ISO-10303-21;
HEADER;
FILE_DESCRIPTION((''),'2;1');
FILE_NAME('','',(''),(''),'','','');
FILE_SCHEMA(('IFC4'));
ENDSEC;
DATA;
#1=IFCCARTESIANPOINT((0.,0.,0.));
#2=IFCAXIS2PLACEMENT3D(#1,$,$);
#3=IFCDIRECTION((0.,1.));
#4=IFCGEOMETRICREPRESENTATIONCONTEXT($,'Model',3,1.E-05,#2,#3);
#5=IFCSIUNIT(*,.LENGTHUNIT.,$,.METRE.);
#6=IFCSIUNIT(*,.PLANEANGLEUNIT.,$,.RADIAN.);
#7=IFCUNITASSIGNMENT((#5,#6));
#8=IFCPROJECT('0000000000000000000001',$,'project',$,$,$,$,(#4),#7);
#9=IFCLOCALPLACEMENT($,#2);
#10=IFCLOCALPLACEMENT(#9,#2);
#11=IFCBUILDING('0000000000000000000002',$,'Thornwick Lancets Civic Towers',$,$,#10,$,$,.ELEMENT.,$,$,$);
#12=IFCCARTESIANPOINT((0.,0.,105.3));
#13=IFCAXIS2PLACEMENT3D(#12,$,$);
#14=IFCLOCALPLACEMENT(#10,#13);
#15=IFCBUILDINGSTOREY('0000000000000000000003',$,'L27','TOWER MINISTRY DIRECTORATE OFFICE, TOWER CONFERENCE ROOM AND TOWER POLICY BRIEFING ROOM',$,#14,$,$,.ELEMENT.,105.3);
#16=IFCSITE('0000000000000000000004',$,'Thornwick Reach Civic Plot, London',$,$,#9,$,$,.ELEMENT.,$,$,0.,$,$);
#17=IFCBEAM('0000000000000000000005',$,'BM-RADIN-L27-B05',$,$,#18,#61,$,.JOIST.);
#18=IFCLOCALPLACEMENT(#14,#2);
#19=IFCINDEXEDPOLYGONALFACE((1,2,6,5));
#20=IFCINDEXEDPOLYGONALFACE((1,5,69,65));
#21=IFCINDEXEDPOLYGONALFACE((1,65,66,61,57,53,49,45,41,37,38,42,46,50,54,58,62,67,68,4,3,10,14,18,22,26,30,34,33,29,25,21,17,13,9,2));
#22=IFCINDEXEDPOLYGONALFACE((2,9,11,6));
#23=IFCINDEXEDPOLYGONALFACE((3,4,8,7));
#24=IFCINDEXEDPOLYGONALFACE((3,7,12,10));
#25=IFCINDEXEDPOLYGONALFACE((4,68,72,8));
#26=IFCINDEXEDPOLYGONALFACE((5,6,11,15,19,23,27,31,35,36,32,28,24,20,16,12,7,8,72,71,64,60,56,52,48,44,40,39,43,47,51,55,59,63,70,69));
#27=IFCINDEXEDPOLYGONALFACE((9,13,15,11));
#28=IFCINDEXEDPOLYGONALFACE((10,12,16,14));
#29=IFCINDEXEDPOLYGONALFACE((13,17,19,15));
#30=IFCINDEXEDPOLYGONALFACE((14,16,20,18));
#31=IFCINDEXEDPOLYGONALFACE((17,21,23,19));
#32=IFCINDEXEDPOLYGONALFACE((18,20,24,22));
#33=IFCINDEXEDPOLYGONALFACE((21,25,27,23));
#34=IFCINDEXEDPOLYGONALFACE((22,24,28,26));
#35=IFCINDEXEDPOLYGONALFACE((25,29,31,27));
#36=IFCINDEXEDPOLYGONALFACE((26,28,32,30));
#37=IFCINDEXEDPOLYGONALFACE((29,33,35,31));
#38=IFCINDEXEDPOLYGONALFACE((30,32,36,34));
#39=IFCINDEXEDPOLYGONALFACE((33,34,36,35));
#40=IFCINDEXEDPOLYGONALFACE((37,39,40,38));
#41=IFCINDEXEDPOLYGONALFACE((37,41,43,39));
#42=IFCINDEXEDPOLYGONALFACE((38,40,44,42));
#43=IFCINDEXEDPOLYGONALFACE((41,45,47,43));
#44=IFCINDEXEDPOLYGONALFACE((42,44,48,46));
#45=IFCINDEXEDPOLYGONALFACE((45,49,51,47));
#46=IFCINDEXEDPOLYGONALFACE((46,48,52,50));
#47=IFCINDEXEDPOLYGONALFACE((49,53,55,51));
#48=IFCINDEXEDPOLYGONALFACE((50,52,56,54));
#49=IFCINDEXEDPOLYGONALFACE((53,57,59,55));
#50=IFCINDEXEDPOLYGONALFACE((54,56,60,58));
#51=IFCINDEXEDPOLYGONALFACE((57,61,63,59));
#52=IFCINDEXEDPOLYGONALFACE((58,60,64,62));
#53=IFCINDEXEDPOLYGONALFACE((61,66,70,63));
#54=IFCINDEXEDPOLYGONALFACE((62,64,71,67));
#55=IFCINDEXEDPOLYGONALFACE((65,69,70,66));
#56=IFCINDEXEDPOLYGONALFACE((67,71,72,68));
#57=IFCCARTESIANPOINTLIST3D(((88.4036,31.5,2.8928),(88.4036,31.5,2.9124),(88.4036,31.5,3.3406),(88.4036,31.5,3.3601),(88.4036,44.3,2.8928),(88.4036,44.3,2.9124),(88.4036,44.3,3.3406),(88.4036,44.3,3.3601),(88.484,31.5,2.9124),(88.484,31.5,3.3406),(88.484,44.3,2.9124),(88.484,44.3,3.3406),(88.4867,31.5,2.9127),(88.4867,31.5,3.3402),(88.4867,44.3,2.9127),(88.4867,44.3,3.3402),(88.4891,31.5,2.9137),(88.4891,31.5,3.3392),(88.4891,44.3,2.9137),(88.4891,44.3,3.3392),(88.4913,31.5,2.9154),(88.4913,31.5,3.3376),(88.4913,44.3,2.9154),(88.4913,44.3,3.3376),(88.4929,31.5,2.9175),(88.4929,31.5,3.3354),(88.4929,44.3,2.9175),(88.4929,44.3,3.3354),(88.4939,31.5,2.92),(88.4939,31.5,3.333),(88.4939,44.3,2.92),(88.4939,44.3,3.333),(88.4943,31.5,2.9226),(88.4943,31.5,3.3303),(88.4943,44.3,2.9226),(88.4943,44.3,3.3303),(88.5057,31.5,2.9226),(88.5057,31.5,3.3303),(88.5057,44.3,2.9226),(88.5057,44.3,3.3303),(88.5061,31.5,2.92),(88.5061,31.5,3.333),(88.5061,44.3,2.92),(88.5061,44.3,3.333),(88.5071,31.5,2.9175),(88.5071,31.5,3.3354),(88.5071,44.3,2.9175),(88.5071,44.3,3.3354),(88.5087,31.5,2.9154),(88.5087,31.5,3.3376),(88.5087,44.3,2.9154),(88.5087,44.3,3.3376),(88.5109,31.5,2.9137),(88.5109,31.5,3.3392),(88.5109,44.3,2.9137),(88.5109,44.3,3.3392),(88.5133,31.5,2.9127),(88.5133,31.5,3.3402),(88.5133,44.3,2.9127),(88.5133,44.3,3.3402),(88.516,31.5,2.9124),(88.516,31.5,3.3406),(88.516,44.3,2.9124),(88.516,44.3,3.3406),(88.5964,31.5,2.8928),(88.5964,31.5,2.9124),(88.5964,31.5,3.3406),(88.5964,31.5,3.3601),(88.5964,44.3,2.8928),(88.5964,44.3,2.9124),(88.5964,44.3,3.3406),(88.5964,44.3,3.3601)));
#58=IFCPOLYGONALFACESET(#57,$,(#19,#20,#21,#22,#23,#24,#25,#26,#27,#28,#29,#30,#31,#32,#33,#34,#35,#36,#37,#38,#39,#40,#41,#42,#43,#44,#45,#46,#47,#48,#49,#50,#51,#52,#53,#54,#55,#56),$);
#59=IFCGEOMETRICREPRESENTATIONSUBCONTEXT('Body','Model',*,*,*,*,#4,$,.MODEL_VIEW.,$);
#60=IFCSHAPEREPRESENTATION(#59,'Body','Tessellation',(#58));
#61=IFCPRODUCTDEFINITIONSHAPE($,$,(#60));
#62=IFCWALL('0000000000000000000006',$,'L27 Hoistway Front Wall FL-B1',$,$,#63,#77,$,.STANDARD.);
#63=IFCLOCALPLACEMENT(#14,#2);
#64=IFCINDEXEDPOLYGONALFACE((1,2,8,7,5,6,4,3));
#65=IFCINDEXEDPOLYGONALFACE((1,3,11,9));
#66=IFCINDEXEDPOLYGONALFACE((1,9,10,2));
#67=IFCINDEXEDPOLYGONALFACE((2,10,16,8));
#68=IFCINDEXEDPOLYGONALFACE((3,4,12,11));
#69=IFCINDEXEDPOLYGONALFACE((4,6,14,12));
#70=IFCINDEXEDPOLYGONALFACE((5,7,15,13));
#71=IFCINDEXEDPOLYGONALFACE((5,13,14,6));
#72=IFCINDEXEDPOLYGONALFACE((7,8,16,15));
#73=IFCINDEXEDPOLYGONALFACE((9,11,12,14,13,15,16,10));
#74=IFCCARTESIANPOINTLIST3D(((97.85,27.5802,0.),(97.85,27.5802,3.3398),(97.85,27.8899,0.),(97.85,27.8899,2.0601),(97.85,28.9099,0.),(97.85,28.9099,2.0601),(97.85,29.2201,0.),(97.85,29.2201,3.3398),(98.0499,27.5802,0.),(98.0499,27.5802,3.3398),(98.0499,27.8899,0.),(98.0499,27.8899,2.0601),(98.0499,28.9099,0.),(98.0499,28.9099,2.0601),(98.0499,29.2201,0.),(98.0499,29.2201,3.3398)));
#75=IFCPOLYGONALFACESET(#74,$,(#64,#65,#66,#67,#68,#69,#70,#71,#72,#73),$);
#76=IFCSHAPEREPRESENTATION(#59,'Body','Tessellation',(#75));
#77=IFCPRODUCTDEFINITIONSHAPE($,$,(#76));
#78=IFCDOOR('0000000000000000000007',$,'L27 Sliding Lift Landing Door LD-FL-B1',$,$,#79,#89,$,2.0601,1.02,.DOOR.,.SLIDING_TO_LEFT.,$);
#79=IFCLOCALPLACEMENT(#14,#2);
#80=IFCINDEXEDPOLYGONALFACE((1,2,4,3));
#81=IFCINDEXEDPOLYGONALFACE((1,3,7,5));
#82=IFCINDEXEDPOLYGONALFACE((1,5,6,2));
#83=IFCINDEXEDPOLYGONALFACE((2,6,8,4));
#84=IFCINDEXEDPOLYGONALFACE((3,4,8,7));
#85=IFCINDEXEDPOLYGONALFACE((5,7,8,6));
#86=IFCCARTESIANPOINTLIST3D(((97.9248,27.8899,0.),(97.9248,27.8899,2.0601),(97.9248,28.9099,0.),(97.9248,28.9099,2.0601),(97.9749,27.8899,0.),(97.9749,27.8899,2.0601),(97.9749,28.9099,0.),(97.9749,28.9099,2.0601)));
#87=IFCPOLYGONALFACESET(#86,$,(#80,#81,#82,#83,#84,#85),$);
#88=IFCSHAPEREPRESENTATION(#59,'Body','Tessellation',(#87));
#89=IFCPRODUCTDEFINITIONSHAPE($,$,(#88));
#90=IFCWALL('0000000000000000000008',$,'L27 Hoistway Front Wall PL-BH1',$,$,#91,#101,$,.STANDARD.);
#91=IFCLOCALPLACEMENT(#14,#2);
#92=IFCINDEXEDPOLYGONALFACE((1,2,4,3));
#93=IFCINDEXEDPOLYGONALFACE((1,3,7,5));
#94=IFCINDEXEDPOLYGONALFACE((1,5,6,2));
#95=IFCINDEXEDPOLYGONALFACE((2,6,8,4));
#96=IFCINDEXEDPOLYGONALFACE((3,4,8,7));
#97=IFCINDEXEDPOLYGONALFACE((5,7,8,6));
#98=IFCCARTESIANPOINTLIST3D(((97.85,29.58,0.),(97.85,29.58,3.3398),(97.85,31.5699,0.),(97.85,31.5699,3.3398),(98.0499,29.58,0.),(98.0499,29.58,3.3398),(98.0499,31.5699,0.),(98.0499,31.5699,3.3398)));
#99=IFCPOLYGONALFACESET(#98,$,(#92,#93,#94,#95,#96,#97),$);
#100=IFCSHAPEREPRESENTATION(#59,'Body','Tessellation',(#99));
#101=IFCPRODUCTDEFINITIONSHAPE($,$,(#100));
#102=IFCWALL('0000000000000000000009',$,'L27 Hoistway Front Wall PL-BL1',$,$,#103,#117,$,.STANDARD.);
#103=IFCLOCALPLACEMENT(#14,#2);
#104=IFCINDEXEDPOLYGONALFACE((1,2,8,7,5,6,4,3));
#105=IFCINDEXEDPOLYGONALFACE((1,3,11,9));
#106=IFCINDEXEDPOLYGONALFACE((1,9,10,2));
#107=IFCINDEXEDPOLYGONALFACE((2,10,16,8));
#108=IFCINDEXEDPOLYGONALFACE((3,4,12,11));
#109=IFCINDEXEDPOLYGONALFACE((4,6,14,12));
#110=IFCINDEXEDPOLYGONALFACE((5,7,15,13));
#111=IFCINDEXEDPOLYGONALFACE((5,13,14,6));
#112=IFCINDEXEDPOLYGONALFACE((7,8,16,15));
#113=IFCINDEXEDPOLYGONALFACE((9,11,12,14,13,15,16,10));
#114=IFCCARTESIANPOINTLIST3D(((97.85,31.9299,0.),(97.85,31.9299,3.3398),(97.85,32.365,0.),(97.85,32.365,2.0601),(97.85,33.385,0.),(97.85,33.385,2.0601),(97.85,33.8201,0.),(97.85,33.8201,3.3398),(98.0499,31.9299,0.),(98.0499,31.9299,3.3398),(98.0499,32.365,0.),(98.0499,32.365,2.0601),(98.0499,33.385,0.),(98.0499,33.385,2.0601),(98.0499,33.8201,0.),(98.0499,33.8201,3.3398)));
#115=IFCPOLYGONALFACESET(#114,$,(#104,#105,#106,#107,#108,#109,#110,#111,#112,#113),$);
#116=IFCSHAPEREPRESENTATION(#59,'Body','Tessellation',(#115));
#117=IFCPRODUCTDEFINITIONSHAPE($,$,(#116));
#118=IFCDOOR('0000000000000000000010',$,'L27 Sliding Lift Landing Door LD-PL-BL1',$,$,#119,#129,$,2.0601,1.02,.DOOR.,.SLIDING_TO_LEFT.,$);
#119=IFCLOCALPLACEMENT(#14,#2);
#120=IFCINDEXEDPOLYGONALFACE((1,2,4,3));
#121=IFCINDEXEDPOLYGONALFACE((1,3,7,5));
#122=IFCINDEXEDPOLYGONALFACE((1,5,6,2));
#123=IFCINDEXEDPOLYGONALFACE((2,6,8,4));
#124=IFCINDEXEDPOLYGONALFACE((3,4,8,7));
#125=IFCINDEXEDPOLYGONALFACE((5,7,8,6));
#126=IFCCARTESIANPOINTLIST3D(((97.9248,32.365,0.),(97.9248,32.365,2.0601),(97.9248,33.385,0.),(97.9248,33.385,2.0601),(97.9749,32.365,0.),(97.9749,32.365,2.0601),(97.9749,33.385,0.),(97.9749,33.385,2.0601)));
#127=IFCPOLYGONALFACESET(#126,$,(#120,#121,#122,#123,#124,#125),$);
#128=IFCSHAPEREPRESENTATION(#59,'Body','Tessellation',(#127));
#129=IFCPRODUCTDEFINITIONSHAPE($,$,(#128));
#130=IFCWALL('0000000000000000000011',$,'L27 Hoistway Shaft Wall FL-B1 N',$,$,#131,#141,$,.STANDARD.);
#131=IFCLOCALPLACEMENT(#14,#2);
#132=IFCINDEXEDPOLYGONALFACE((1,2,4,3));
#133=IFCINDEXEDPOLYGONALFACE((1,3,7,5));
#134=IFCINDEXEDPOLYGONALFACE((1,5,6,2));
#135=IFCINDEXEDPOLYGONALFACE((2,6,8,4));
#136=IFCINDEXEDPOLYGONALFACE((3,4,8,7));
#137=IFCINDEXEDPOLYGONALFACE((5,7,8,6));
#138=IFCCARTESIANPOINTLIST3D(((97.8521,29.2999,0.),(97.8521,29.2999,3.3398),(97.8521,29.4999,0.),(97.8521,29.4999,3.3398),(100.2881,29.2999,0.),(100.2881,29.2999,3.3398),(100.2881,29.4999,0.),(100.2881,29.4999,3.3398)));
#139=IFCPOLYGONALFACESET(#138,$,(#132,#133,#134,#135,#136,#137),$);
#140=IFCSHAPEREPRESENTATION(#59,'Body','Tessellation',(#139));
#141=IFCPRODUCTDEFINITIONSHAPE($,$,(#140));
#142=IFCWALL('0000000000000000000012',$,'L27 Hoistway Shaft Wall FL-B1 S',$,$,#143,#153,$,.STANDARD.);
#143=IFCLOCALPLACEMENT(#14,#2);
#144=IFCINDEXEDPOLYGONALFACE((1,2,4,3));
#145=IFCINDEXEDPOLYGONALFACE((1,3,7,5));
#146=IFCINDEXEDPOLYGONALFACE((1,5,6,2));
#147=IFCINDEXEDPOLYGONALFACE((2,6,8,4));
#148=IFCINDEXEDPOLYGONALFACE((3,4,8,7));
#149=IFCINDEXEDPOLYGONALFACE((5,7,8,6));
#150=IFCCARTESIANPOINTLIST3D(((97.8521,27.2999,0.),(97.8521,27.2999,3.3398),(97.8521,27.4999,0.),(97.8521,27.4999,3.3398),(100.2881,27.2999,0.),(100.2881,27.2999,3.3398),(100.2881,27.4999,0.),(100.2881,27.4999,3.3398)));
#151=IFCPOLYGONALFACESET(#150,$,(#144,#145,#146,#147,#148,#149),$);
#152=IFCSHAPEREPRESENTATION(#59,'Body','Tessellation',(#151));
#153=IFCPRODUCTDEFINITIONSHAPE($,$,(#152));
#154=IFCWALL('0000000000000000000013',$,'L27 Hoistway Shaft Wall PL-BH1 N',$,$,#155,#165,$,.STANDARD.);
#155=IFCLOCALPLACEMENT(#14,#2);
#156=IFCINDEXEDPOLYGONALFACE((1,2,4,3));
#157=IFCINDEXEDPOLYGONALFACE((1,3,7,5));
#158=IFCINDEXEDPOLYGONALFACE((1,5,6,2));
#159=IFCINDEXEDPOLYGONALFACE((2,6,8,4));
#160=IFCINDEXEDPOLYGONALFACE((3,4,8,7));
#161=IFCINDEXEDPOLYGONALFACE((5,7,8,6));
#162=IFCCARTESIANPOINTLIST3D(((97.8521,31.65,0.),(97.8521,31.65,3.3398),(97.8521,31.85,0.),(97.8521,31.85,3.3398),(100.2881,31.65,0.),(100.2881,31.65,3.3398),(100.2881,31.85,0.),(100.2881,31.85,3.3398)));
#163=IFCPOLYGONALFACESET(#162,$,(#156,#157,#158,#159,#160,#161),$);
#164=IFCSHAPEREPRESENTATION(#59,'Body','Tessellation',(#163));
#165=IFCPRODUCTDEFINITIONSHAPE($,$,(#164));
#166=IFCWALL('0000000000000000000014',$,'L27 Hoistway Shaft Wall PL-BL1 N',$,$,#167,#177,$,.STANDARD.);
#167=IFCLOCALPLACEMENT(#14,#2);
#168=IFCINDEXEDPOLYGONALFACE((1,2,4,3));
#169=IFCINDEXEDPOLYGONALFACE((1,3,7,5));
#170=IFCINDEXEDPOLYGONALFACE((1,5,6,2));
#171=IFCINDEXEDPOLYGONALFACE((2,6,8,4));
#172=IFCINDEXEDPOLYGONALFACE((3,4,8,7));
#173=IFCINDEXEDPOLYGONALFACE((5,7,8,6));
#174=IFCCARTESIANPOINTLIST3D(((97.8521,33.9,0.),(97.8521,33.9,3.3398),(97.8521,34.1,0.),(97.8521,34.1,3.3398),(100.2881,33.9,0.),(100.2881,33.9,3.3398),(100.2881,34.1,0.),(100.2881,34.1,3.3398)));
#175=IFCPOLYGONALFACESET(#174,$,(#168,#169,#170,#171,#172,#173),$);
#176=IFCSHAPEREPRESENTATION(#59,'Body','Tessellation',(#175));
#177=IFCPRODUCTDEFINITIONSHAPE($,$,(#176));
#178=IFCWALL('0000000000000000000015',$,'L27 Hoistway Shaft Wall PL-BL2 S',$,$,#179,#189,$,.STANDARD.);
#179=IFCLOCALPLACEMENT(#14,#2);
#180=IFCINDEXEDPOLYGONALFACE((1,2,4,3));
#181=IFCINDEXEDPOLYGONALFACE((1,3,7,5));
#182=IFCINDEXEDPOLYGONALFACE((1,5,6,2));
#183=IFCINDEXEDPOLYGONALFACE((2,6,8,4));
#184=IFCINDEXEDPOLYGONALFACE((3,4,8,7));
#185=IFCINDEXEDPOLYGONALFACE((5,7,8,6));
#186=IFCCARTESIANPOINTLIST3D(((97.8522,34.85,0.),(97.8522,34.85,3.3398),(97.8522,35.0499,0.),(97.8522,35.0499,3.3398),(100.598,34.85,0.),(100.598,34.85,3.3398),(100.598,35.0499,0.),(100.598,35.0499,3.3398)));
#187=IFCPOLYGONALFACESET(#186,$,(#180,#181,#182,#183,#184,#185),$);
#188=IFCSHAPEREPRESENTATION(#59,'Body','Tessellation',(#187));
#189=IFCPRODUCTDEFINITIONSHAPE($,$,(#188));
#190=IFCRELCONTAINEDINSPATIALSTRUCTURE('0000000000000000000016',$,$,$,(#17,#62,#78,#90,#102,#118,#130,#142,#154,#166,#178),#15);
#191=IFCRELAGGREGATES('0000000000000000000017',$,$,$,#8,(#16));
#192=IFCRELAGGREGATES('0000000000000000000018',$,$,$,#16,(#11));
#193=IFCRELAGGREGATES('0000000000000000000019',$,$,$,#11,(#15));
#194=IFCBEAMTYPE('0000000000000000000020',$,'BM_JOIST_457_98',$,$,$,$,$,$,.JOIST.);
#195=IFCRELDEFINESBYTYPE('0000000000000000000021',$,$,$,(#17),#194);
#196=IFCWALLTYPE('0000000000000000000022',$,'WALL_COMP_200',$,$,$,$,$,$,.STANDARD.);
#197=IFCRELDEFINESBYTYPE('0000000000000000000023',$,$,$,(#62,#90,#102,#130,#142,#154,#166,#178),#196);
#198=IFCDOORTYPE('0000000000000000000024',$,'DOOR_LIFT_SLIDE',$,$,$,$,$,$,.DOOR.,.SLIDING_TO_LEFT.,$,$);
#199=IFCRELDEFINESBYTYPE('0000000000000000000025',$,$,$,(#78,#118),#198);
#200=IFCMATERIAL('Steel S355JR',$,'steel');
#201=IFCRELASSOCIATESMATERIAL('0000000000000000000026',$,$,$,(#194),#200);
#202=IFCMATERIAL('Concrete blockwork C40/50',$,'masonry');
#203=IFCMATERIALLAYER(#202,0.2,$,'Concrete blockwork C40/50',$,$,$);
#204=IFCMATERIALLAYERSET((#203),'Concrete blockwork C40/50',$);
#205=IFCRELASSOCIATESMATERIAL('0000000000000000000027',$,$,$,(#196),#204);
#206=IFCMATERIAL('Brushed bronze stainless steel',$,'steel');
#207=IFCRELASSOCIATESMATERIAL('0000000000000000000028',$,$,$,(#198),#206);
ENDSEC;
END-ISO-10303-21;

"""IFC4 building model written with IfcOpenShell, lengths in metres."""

from ifc_helpers import new_model, si_unit, direction, frame, frame_2d, origin, origin_2d, place, context, subcontext, project, spatial, rectangle, i_section, extrude, material, layer, layer_set, material_profile, profile_set, type_object, element, fill, save


model = new_model("IFC4")

# Units and contexts
model_context = context("Model", 3, precision=1e-05, world=origin(), true_north=direction((0.0, 1.0)))
body_context = subcontext(model_context, "Body", "Model", "MODEL_VIEW")
ifc_project = project(units=[si_unit("LENGTHUNIT", "METRE"), si_unit("PLANEANGLEUNIT", "RADIAN")], contexts=[model_context])

# Site, building, storey
site_placement = place(None, origin())
site = spatial("IfcSite", under=ifc_project, at=site_placement, Name="Thornwick Reach Civic Plot, London", CompositionType="ELEMENT", RefElevation=0.0)
building_placement = place(site_placement, origin())
building = spatial("IfcBuilding", under=site, at=building_placement, Name="Thornwick Lancets Civic Towers", CompositionType="ELEMENT")
storey_placement = place(building_placement, frame((0.0, 0.0, 105.3)))
storey = spatial("IfcBuildingStorey", under=building, at=storey_placement, Name="L27", Description="TOWER MINISTRY DIRECTORATE OFFICE, TOWER CONFERENCE ROOM AND TOWER POLICY BRIEFING ROOM", CompositionType="ELEMENT", Elevation=105.3)

# Beam
ifc_material_1 = material(Name="Steel S355JR", Category="steel")
ifc_material_profile_1 = material_profile(ifc_material_1, i_section(OverallWidth=0.1929, OverallDepth=0.4673, WebThickness=0.0115, FlangeThickness=0.0195, FilletRadius=0.0103, at=origin_2d()), Name="UKB 457x191x98")
ifc_profile_set_1 = profile_set([ifc_material_profile_1], Name="Steel S355JR")
beam_type_1 = type_object("IfcBeamType", Name="BM_JOIST_457_98", PredefinedType="JOIST", material=ifc_profile_set_1)
beam_1_placement = place(storey_placement, frame((88.5, 31.5, 3.1265), z_axis=(0.0, 1.0, 0.0), x_axis=(-1.0, 0.0, 0.0)))
element("IfcBeam", 1, at=beam_1_placement, inside=storey, type_object=beam_type_1, Name="BM-RADIN-L27-B05", PredefinedType="JOIST", context=body_context, shape_type="SweptSolid", body=[
    extrude(i_section(OverallWidth=0.1929, OverallDepth=0.4673, WebThickness=0.0115, FlangeThickness=0.0195, FilletRadius=0.0103, at=origin_2d()), origin(), (0.0, 0.0, 1.0), 12.8),
])

# Wall, opening, door
ifc_material_2 = material(Name="Concrete blockwork C40/50", Category="masonry")
ifc_layer_1 = layer(ifc_material_2, 0.2, Name="Concrete blockwork C40/50")
ifc_layer_set_1 = layer_set([ifc_layer_1], Name="Concrete blockwork C40/50")
wall_type_1 = type_object("IfcWallType", Name="WALL_COMP_200", PredefinedType="STANDARD", material=ifc_layer_set_1)
wall_1_placement = place(storey_placement, frame((97.95, 29.22, 0.0), z_axis=(0.0, 0.0, 1.0), x_axis=(0.0, -1.0, 0.0)))
wall_1 = element("IfcWall", 2, at=wall_1_placement, inside=storey, type_object=wall_type_1, Name="L27 Hoistway Front Wall FL-B1", PredefinedType="STANDARD", context=body_context, shape_type="SweptSolid", body=[
    extrude(rectangle(XDim=1.6399, YDim=0.2, at=frame_2d((0.8198, 0.0))), origin(), (0.0, 0.0, 1.0), 3.3398),
])
opening_1_placement = place(wall_1_placement, frame((0.3101, 0.0, 0.0)))
opening_1 = element("IfcOpeningElement", 3, at=opening_1_placement, cuts=wall_1, PredefinedType="OPENING", context=body_context, shape_type="SweptSolid", body=[
    extrude(rectangle(XDim=1.02, YDim=2.0601, at=frame_2d((0.51, 1.03))), frame((0.0, 0.1099, 0.0), z_axis=(0.0, -1.0, 0.0), x_axis=(1.0, 0.0, 0.0)), (0.0, 0.0, 1.0), 0.22),
])
ifc_material_3 = material(Name="Brushed bronze stainless steel", Category="steel")
door_type_1 = type_object("IfcDoorType", Name="DOOR_LIFT_SLIDE", OperationType="SLIDING_TO_LEFT", PredefinedType="DOOR", material=ifc_material_3)
door_1_placement = place(opening_1_placement, origin())
door_1 = element("IfcDoor", 4, at=door_1_placement, inside=storey, type_object=door_type_1, Name="L27 Sliding Lift Landing Door LD-FL-B1", OperationType="SLIDING_TO_LEFT", OverallHeight=2.0601, OverallWidth=1.02, PredefinedType="DOOR", context=body_context, shape_type="SweptSolid", body=[
    extrude(rectangle(XDim=1.02, YDim=2.0601, at=frame_2d((0.51, 1.03))), frame((0.0, 0.0249, 0.0), z_axis=(0.0, -1.0, 0.0), x_axis=(1.0, 0.0, 0.0)), (0.0, 0.0, 1.0), 0.05),
])
fill(opening_1, door_1)

# Wall
wall_2_placement = place(storey_placement, frame((97.95, 31.5701, 0.0), z_axis=(0.0, 0.0, 1.0), x_axis=(0.0, -1.0, 0.0)))
element("IfcWall", 5, at=wall_2_placement, inside=storey, type_object=wall_type_1, Name="L27 Hoistway Front Wall PL-BH1", PredefinedType="STANDARD", context=body_context, shape_type="SweptSolid", body=[
    extrude(rectangle(XDim=1.99, YDim=0.2, at=frame_2d((0.9951, 0.0))), origin(), (0.0, 0.0, 1.0), 3.3398),
])

# Wall, opening, door
wall_3_placement = place(storey_placement, frame((97.95, 33.8201, 0.0), z_axis=(0.0, 0.0, 1.0), x_axis=(0.0, -1.0, 0.0)))
wall_3 = element("IfcWall", 6, at=wall_3_placement, inside=storey, type_object=wall_type_1, Name="L27 Hoistway Front Wall PL-BL1", PredefinedType="STANDARD", context=body_context, shape_type="SweptSolid", body=[
    extrude(rectangle(XDim=1.8901, YDim=0.2, at=frame_2d((0.9451, 0.0))), origin(), (0.0, 0.0, 1.0), 3.3398),
])
opening_2_placement = place(wall_3_placement, frame((0.4351, 0.0, 0.0)))
opening_2 = element("IfcOpeningElement", 7, at=opening_2_placement, cuts=wall_3, PredefinedType="OPENING", context=body_context, shape_type="SweptSolid", body=[
    extrude(rectangle(XDim=1.02, YDim=2.0601, at=frame_2d((0.51, 1.03))), frame((0.0, 0.1099, 0.0), z_axis=(0.0, -1.0, 0.0), x_axis=(1.0, 0.0, 0.0)), (0.0, 0.0, 1.0), 0.22),
])
door_2_placement = place(opening_2_placement, origin())
door_2 = element("IfcDoor", 8, at=door_2_placement, inside=storey, type_object=door_type_1, Name="L27 Sliding Lift Landing Door LD-PL-BL1", OperationType="SLIDING_TO_LEFT", OverallHeight=2.0601, OverallWidth=1.02, PredefinedType="DOOR", context=body_context, shape_type="SweptSolid", body=[
    extrude(rectangle(XDim=1.02, YDim=2.0601, at=frame_2d((0.51, 1.03))), frame((0.0, 0.0249, 0.0), z_axis=(0.0, -1.0, 0.0), x_axis=(1.0, 0.0, 0.0)), (0.0, 0.0, 1.0), 0.05),
])
fill(opening_2, door_2)

# Walls
for number, where, z_axis, x_axis, name in (
    (9, (97.8521, 29.3999, 0.0), (0.0, 0.0, 1.0), (1.0, 0.0, 0.0), "L27 Hoistway Shaft Wall FL-B1 N"),
    (10, (97.8521, 27.3999, 0.0), (0.0, 0.0, 1.0), (1.0, 0.0, 0.0), "L27 Hoistway Shaft Wall FL-B1 S"),
    (11, (97.8521, 31.75, 0.0), (0.0, 0.0, 1.0), (1.0, 0.0, 0.0), "L27 Hoistway Shaft Wall PL-BH1 N"),
    (12, (97.8521, 34.0, 0.0), (0.0, 0.0, 1.0), (1.0, 0.0, 0.0), "L27 Hoistway Shaft Wall PL-BL1 N"),
):
    element("IfcWall", number, at=place(storey_placement, frame(where, z_axis=z_axis, x_axis=x_axis)), inside=storey, type_object=wall_type_1, Name=name, PredefinedType="STANDARD", context=body_context, shape_type="SweptSolid", body=[
        extrude(rectangle(XDim=2.436, YDim=0.2, at=frame_2d((1.218, 0.0))), origin(), (0.0, 0.0, 1.0), 3.3398),
    ])
wall_4_placement = place(storey_placement, frame((97.8521, 34.95, 0.0), z_axis=(0.0, 0.0, 1.0), x_axis=(1.0, 0.0, 0.0)))
element("IfcWall", 13, at=wall_4_placement, inside=storey, type_object=wall_type_1, Name="L27 Hoistway Shaft Wall PL-BL2 S", PredefinedType="STANDARD", context=body_context, shape_type="SweptSolid", body=[
    extrude(rectangle(XDim=2.7458, YDim=0.2, at=frame_2d((1.373, 0.0))), origin(), (0.0, 0.0, 1.0), 3.3398),
])

save(model, "model.ifc")
